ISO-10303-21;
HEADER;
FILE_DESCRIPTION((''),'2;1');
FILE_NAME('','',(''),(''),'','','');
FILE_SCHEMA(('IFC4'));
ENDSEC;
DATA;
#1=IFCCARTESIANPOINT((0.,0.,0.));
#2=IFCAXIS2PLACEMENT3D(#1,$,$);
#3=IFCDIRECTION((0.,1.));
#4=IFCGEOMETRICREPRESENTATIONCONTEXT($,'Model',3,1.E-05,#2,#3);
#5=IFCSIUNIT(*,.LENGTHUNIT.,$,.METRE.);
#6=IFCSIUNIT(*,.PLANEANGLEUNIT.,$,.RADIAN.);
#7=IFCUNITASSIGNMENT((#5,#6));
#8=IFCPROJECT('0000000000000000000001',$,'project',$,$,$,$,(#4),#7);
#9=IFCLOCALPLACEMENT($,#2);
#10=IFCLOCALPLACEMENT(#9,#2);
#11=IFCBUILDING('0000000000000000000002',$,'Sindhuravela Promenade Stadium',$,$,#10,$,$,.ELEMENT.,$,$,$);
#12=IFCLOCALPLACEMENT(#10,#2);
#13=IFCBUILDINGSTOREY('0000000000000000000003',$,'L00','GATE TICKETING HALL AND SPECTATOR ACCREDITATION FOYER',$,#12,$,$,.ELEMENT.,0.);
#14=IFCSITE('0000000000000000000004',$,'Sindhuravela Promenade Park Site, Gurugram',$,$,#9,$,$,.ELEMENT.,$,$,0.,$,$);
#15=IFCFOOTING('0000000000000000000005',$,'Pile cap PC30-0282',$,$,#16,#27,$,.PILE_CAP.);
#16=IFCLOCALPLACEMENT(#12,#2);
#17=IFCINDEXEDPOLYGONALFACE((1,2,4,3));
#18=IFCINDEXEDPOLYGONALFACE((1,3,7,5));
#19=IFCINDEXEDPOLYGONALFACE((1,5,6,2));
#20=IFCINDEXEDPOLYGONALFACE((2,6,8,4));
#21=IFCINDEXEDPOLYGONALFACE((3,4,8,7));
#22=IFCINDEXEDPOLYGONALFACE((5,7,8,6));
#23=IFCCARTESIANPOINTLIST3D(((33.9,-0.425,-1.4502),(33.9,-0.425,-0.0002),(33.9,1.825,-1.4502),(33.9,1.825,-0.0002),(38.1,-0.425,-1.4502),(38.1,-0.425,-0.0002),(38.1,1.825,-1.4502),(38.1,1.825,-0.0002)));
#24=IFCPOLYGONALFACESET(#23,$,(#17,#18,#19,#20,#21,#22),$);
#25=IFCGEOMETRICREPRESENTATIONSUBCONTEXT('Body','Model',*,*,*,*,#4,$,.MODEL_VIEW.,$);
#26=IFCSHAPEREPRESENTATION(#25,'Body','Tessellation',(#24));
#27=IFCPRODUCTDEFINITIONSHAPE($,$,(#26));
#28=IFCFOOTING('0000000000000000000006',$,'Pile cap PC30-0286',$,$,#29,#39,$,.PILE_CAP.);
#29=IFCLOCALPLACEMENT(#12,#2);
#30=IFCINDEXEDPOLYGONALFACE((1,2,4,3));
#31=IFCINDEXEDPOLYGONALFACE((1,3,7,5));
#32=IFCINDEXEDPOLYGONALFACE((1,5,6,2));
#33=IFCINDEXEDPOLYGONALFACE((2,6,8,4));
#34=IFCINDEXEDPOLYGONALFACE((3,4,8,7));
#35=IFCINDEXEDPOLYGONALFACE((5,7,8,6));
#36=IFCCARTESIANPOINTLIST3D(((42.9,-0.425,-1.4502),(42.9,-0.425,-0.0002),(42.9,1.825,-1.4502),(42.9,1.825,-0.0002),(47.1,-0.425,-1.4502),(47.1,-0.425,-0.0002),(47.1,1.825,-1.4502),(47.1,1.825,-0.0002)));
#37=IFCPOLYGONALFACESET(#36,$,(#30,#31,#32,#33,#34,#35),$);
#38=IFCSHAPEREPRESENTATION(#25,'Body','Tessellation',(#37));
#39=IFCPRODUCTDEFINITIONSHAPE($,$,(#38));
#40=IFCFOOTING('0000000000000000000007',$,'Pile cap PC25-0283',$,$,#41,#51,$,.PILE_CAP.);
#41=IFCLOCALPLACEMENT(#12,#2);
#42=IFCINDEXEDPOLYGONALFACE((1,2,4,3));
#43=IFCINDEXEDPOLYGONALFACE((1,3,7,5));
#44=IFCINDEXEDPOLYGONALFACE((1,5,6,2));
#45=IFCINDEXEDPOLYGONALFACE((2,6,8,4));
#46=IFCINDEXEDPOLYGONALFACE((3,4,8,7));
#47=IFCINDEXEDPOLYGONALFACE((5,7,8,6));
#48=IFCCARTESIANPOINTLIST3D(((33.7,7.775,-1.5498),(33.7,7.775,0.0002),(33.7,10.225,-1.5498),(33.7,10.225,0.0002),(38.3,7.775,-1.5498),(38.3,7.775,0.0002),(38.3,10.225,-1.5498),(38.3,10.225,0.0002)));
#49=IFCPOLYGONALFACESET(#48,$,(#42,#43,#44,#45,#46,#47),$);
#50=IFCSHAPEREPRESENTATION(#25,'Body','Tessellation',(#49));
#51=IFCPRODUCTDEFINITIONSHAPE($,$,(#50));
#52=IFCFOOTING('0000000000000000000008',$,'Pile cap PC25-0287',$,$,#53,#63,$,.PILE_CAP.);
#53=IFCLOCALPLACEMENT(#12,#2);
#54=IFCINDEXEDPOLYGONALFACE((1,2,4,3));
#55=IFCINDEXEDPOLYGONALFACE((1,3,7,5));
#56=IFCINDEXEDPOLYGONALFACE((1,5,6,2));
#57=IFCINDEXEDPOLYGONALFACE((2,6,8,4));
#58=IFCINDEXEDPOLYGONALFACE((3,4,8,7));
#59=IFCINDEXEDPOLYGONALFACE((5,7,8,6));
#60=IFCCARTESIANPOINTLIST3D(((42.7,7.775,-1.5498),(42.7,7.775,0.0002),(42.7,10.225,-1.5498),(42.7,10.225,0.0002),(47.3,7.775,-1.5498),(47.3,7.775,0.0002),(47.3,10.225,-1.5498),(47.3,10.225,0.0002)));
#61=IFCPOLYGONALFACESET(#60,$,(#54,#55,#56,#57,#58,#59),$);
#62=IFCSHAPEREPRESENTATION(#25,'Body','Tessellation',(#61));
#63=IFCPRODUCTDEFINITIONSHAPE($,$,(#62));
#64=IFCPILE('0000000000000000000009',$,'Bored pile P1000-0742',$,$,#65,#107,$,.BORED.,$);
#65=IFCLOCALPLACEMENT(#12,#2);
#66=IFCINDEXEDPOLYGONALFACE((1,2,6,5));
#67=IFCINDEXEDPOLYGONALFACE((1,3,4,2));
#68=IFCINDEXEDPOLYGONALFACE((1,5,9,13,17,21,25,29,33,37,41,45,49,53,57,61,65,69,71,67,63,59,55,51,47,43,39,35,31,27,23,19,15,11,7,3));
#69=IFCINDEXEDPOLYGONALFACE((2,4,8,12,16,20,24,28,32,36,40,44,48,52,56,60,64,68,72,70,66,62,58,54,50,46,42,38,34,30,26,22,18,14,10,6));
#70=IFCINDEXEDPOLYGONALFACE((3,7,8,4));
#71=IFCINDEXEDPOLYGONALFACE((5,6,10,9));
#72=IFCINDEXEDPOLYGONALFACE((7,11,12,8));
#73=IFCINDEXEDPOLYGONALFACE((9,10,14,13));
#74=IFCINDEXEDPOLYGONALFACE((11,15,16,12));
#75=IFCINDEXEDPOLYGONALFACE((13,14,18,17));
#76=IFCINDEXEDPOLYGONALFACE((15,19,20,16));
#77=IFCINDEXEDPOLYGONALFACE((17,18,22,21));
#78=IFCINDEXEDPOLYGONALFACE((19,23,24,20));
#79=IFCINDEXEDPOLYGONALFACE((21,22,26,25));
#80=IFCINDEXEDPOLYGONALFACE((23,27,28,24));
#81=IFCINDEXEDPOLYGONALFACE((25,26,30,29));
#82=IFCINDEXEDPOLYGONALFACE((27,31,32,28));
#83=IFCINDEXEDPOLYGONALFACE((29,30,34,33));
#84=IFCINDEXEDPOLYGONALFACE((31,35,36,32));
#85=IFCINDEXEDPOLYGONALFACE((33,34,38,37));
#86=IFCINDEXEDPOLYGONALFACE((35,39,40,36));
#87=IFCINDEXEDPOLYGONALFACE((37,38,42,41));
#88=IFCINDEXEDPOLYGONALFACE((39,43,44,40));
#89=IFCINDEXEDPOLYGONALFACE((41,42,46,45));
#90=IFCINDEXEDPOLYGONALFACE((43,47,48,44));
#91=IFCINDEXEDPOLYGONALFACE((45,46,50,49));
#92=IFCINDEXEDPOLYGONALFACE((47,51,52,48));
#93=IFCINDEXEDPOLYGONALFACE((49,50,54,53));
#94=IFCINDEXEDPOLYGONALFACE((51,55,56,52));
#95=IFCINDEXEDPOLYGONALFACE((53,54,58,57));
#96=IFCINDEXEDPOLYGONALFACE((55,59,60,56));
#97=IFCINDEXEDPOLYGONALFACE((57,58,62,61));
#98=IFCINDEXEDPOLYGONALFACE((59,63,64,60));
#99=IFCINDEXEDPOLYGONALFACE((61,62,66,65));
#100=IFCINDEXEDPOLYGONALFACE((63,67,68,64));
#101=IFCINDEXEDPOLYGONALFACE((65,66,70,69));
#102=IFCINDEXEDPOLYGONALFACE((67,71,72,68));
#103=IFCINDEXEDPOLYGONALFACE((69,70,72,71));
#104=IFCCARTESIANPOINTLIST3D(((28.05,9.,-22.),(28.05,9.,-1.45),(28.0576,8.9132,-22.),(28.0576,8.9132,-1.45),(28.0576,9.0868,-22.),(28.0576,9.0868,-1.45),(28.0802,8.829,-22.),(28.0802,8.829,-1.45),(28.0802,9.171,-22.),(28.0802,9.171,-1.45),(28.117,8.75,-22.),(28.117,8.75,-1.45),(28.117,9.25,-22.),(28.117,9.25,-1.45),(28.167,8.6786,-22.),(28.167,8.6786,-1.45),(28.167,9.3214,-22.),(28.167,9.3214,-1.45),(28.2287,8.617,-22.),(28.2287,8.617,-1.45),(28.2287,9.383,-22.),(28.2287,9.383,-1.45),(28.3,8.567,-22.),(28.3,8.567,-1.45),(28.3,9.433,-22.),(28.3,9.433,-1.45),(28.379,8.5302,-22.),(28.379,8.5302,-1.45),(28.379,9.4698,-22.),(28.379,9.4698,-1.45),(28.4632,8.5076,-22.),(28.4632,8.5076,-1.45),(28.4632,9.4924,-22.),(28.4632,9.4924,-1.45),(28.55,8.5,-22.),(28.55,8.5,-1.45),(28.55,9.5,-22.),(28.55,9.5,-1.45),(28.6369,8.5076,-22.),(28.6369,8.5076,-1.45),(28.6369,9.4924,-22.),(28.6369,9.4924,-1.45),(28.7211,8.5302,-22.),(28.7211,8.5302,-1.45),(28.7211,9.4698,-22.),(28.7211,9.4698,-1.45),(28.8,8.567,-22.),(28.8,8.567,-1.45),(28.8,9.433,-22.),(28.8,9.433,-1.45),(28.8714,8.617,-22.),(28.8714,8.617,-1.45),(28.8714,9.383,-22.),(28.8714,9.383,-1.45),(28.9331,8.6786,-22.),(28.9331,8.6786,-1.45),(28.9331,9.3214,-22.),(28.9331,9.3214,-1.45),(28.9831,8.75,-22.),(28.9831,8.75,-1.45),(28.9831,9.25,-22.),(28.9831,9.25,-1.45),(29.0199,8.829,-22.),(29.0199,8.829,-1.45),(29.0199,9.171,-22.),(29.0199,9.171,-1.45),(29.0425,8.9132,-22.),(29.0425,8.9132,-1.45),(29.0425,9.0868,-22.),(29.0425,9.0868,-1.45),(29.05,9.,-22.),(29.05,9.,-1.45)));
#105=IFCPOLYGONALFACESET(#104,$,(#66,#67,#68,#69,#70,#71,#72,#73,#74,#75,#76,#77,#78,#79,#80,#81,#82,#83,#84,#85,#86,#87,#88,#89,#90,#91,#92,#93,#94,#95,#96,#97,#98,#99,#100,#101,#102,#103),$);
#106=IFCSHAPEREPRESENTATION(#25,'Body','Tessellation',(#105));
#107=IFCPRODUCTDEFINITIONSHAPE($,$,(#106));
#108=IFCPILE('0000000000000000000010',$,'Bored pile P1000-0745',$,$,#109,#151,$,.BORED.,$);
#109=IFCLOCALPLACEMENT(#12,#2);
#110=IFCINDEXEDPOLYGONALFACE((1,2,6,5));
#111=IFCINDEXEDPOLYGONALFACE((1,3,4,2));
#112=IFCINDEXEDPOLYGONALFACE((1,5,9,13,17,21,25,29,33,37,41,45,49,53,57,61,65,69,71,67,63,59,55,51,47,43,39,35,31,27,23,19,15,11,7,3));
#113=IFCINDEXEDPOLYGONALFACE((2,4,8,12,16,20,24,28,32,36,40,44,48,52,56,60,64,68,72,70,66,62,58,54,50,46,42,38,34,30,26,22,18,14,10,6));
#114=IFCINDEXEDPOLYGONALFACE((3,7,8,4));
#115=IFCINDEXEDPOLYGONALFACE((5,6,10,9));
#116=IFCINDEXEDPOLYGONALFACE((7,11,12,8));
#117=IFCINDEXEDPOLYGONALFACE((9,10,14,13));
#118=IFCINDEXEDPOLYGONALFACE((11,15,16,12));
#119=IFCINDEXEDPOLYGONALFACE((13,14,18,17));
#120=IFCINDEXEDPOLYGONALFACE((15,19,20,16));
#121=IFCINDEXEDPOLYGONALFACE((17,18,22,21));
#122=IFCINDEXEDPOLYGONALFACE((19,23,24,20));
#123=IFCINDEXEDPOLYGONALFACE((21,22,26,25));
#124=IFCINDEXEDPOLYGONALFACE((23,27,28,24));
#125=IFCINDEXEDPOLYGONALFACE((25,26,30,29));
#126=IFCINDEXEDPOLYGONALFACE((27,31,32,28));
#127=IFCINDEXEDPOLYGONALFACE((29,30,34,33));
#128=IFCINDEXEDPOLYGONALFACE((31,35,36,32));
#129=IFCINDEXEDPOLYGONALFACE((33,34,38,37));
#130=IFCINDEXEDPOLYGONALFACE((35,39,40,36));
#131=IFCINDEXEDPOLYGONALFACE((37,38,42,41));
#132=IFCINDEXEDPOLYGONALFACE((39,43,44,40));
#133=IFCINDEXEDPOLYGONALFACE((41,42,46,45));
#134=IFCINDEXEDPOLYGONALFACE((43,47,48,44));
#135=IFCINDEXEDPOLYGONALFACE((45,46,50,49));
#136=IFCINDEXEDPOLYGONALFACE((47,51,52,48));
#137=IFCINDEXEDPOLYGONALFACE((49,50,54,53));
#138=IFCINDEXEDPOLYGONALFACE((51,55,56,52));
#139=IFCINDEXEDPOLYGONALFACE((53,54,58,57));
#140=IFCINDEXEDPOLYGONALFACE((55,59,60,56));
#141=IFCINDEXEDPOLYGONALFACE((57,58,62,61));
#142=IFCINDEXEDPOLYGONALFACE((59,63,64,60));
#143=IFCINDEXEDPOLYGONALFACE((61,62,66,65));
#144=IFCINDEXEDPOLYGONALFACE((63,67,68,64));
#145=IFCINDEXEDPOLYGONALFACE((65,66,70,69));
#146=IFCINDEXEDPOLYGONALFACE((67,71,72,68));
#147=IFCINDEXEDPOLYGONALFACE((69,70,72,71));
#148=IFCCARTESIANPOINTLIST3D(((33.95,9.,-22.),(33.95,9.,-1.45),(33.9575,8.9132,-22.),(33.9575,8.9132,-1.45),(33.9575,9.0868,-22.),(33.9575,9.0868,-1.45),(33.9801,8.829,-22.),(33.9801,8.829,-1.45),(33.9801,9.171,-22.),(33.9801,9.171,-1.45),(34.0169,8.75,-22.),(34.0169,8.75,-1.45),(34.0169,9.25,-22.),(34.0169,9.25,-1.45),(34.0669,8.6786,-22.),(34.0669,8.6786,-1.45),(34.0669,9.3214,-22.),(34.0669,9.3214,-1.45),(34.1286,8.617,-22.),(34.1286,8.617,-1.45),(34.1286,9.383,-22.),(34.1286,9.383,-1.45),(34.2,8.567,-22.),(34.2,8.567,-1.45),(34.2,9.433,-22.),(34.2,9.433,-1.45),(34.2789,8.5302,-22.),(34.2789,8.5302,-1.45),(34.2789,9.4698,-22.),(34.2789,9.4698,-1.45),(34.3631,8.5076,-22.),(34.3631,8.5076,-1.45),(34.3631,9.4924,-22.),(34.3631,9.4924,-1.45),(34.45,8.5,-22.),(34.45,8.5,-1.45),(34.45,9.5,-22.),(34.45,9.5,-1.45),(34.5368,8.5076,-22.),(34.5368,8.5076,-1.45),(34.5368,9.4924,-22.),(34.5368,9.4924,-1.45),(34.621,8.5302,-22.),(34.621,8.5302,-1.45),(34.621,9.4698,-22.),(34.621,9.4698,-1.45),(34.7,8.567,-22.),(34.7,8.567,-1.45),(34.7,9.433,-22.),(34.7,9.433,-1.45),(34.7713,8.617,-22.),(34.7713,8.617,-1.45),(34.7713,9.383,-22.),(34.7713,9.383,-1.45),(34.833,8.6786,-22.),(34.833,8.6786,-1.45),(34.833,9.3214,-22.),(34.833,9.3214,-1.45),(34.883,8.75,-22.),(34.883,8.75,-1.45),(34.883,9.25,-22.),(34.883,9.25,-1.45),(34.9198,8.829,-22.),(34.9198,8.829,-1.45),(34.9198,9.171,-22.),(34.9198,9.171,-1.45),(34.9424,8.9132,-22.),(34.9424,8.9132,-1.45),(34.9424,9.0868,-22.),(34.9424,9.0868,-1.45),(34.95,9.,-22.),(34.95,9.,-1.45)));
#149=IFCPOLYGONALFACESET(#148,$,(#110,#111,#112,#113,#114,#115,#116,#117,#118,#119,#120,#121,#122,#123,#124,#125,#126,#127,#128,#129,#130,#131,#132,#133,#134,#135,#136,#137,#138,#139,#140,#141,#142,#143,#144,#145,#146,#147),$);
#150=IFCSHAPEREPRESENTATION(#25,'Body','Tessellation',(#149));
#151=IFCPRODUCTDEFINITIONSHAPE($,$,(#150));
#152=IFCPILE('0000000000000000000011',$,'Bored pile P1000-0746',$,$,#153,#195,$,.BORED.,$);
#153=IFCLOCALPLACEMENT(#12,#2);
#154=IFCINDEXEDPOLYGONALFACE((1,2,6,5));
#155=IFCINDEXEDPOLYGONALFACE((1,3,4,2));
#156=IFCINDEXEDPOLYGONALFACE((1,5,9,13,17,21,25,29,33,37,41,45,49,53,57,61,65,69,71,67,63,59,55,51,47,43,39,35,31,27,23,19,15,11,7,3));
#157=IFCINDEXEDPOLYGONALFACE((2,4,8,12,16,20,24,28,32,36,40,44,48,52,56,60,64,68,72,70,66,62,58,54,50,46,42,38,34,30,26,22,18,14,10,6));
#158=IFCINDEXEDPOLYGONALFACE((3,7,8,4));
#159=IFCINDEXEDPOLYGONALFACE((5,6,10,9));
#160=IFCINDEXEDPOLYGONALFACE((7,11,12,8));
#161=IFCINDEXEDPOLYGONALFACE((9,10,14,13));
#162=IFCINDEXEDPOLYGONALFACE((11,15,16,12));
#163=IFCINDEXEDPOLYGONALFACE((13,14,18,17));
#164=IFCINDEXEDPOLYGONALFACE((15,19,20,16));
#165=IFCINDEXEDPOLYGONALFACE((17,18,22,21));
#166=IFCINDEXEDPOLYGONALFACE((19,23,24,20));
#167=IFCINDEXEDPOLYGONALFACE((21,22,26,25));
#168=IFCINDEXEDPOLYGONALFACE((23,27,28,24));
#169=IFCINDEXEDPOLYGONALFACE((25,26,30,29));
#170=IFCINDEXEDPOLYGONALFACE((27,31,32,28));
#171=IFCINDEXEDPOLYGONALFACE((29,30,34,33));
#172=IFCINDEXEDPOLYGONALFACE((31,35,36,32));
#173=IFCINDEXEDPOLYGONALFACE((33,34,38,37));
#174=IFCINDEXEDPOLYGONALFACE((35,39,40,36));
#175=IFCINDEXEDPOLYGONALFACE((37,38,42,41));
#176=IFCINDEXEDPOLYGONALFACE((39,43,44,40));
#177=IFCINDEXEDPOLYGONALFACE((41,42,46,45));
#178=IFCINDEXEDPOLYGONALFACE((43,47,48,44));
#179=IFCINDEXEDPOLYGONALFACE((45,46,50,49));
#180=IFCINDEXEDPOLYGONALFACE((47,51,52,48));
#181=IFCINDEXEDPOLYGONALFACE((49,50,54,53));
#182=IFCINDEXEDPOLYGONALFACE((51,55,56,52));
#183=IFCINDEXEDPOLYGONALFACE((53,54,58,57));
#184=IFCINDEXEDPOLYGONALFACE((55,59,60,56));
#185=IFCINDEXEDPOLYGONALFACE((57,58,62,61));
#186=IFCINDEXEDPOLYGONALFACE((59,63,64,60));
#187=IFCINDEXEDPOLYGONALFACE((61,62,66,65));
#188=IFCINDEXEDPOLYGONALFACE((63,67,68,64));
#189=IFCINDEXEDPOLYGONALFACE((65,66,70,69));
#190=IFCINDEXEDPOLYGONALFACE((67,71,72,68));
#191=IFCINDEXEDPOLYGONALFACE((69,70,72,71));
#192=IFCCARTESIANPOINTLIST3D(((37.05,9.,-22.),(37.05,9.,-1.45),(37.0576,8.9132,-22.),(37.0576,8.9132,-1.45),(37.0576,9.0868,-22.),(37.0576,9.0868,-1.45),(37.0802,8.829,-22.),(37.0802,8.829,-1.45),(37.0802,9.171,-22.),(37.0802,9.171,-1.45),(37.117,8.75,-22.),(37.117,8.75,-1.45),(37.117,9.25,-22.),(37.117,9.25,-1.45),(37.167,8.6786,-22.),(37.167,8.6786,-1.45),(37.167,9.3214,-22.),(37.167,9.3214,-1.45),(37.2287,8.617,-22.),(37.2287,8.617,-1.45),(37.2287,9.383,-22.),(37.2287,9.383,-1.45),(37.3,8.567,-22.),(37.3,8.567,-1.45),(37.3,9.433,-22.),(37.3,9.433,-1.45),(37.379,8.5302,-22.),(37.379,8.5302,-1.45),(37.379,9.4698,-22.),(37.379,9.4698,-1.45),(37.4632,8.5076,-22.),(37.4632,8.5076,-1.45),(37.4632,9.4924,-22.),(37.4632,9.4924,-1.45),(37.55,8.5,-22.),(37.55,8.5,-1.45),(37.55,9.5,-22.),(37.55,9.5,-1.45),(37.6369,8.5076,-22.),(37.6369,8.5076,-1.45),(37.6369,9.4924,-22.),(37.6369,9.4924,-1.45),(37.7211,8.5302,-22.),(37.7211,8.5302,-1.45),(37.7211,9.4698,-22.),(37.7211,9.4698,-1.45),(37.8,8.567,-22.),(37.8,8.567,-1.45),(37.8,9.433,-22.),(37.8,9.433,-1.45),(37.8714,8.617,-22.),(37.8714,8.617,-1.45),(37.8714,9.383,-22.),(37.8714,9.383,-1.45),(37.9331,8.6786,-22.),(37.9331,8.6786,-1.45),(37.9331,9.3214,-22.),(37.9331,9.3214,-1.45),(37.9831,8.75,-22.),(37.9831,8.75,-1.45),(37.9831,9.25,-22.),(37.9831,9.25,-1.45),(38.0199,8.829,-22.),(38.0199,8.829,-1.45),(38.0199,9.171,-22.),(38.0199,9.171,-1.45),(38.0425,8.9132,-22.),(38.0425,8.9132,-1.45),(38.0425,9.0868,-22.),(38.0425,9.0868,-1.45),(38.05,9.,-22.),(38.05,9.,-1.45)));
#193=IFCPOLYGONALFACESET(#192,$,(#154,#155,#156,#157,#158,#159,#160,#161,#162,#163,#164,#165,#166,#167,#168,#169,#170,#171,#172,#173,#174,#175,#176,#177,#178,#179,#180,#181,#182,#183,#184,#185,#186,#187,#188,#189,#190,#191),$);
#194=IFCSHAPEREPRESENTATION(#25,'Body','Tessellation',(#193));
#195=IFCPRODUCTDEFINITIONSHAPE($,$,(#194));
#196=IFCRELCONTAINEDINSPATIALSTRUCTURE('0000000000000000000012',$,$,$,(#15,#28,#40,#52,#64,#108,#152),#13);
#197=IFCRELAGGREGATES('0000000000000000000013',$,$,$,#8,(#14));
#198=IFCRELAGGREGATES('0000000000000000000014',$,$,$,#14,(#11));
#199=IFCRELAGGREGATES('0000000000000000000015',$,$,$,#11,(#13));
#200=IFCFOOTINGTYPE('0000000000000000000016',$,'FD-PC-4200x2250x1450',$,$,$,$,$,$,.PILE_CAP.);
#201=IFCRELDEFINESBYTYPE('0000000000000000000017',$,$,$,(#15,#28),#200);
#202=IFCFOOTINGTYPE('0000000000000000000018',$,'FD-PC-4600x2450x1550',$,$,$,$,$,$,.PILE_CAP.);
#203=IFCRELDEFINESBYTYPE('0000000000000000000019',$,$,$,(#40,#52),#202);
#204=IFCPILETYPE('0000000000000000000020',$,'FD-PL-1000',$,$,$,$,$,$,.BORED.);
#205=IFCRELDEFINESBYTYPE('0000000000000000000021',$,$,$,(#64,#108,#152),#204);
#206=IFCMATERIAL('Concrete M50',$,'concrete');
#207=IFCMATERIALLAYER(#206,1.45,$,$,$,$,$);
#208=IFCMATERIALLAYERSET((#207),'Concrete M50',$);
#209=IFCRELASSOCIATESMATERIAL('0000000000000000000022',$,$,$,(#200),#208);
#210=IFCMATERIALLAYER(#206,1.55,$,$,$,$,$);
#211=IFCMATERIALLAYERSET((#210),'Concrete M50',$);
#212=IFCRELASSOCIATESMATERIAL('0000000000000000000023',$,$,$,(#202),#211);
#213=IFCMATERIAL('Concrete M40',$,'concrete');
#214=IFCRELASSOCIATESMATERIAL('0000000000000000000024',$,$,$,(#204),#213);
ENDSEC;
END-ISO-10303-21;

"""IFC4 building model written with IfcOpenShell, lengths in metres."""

from ifc_helpers import new_model, si_unit, direction, frame, origin, origin_2d, place, context, subcontext, project, spatial, rectangle, circle, extrude, material, layer, layer_set, material_profile, profile_set, type_object, element, save


model = new_model("IFC4")

# Units and contexts
model_context = context("Model", 3, precision=1e-05, world=origin(), true_north=direction((0.0, 1.0)))
body_context = subcontext(model_context, "Body", "Model", "MODEL_VIEW")
ifc_project = project(units=[si_unit("LENGTHUNIT", "METRE"), si_unit("PLANEANGLEUNIT", "RADIAN")], contexts=[model_context])

# Site, building, storey
site_placement = place(None, origin())
site = spatial("IfcSite", under=ifc_project, at=site_placement, Name="Sindhuravela Promenade Park Site, Gurugram", CompositionType="ELEMENT", RefElevation=0.0)
building_placement = place(site_placement, origin())
building = spatial("IfcBuilding", under=site, at=building_placement, Name="Sindhuravela Promenade Stadium", CompositionType="ELEMENT")
storey_placement = place(building_placement, origin())
storey = spatial("IfcBuildingStorey", under=building, at=storey_placement, Name="L00", Description="GATE TICKETING HALL AND SPECTATOR ACCREDITATION FOYER", CompositionType="ELEMENT", Elevation=0.0)

# Footings
ifc_material_1 = material(Name="Concrete M50", Category="concrete")
ifc_layer_1 = layer(ifc_material_1, 1.45)
ifc_layer_set_1 = layer_set([ifc_layer_1], Name="Concrete M50")
footing_type_1 = type_object("IfcFootingType", Name="FD-PC-4200x2250x1450", PredefinedType="PILE_CAP", material=ifc_layer_set_1)
for number, where, z_axis, x_axis, name in (
    (1, (36.0, 0.7, -1.4502), (0.0, 0.0, 1.0), (1.0, 0.0, 0.0), "Pile cap PC30-0282"),
    (2, (45.0, 0.7, -1.4502), (0.0, 0.0, 1.0), (1.0, 0.0, 0.0), "Pile cap PC30-0286"),
):
    element("IfcFooting", number, at=place(storey_placement, frame(where, z_axis=z_axis, x_axis=x_axis)), inside=storey, type_object=footing_type_1, Name=name, PredefinedType="PILE_CAP", context=body_context, shape_type="SweptSolid", body=[
        extrude(rectangle(XDim=4.2, YDim=2.25, at=origin_2d()), origin(), (0.0, 0.0, 1.0), 1.45),
    ])
ifc_layer_2 = layer(ifc_material_1, 1.55)
ifc_layer_set_2 = layer_set([ifc_layer_2], Name="Concrete M50")
footing_type_2 = type_object("IfcFootingType", Name="FD-PC-4600x2450x1550", PredefinedType="PILE_CAP", material=ifc_layer_set_2)
for number, where, z_axis, x_axis, name in (
    (3, (36.0, 9.0, -1.5498), (0.0, 0.0, 1.0), (1.0, 0.0, 0.0), "Pile cap PC25-0283"),
    (4, (45.0, 9.0, -1.5498), (0.0, 0.0, 1.0), (1.0, 0.0, 0.0), "Pile cap PC25-0287"),
):
    element("IfcFooting", number, at=place(storey_placement, frame(where, z_axis=z_axis, x_axis=x_axis)), inside=storey, type_object=footing_type_2, Name=name, PredefinedType="PILE_CAP", context=body_context, shape_type="SweptSolid", body=[
        extrude(rectangle(XDim=4.6001, YDim=2.45, at=origin_2d()), origin(), (0.0, 0.0, 1.0), 1.55),
    ])

# Piles
ifc_material_2 = material(Name="Concrete M40", Category="concrete")
ifc_material_profile_1 = material_profile(ifc_material_2, circle(Radius=0.5, at=origin_2d()), Name="BORED PILE D1000")
ifc_profile_set_1 = profile_set([ifc_material_profile_1], Name="Concrete M40")
pile_type_1 = type_object("IfcPileType", Name="FD-PL-1000", PredefinedType="BORED", material=ifc_profile_set_1)
for number, where, z_axis, x_axis, name in (
    (5, (28.55, 9.0, -1.45), (0.0, 0.0, -1.0), (1.0, 0.0, 0.0), "Bored pile P1000-0742"),
    (6, (34.45, 9.0, -1.45), (0.0, 0.0, -1.0), (1.0, 0.0, 0.0), "Bored pile P1000-0745"),
    (7, (37.55, 9.0, -1.45), (0.0, 0.0, -1.0), (1.0, 0.0, 0.0), "Bored pile P1000-0746"),
):
    element("IfcPile", number, at=place(storey_placement, frame(where, z_axis=z_axis, x_axis=x_axis)), inside=storey, type_object=pile_type_1, Name=name, PredefinedType="BORED", context=body_context, shape_type="SweptSolid", body=[
        extrude(circle(Radius=0.5, at=origin_2d()), origin(), (0.0, 0.0, 1.0), 20.55),
    ])

save(model, "model.ifc")
